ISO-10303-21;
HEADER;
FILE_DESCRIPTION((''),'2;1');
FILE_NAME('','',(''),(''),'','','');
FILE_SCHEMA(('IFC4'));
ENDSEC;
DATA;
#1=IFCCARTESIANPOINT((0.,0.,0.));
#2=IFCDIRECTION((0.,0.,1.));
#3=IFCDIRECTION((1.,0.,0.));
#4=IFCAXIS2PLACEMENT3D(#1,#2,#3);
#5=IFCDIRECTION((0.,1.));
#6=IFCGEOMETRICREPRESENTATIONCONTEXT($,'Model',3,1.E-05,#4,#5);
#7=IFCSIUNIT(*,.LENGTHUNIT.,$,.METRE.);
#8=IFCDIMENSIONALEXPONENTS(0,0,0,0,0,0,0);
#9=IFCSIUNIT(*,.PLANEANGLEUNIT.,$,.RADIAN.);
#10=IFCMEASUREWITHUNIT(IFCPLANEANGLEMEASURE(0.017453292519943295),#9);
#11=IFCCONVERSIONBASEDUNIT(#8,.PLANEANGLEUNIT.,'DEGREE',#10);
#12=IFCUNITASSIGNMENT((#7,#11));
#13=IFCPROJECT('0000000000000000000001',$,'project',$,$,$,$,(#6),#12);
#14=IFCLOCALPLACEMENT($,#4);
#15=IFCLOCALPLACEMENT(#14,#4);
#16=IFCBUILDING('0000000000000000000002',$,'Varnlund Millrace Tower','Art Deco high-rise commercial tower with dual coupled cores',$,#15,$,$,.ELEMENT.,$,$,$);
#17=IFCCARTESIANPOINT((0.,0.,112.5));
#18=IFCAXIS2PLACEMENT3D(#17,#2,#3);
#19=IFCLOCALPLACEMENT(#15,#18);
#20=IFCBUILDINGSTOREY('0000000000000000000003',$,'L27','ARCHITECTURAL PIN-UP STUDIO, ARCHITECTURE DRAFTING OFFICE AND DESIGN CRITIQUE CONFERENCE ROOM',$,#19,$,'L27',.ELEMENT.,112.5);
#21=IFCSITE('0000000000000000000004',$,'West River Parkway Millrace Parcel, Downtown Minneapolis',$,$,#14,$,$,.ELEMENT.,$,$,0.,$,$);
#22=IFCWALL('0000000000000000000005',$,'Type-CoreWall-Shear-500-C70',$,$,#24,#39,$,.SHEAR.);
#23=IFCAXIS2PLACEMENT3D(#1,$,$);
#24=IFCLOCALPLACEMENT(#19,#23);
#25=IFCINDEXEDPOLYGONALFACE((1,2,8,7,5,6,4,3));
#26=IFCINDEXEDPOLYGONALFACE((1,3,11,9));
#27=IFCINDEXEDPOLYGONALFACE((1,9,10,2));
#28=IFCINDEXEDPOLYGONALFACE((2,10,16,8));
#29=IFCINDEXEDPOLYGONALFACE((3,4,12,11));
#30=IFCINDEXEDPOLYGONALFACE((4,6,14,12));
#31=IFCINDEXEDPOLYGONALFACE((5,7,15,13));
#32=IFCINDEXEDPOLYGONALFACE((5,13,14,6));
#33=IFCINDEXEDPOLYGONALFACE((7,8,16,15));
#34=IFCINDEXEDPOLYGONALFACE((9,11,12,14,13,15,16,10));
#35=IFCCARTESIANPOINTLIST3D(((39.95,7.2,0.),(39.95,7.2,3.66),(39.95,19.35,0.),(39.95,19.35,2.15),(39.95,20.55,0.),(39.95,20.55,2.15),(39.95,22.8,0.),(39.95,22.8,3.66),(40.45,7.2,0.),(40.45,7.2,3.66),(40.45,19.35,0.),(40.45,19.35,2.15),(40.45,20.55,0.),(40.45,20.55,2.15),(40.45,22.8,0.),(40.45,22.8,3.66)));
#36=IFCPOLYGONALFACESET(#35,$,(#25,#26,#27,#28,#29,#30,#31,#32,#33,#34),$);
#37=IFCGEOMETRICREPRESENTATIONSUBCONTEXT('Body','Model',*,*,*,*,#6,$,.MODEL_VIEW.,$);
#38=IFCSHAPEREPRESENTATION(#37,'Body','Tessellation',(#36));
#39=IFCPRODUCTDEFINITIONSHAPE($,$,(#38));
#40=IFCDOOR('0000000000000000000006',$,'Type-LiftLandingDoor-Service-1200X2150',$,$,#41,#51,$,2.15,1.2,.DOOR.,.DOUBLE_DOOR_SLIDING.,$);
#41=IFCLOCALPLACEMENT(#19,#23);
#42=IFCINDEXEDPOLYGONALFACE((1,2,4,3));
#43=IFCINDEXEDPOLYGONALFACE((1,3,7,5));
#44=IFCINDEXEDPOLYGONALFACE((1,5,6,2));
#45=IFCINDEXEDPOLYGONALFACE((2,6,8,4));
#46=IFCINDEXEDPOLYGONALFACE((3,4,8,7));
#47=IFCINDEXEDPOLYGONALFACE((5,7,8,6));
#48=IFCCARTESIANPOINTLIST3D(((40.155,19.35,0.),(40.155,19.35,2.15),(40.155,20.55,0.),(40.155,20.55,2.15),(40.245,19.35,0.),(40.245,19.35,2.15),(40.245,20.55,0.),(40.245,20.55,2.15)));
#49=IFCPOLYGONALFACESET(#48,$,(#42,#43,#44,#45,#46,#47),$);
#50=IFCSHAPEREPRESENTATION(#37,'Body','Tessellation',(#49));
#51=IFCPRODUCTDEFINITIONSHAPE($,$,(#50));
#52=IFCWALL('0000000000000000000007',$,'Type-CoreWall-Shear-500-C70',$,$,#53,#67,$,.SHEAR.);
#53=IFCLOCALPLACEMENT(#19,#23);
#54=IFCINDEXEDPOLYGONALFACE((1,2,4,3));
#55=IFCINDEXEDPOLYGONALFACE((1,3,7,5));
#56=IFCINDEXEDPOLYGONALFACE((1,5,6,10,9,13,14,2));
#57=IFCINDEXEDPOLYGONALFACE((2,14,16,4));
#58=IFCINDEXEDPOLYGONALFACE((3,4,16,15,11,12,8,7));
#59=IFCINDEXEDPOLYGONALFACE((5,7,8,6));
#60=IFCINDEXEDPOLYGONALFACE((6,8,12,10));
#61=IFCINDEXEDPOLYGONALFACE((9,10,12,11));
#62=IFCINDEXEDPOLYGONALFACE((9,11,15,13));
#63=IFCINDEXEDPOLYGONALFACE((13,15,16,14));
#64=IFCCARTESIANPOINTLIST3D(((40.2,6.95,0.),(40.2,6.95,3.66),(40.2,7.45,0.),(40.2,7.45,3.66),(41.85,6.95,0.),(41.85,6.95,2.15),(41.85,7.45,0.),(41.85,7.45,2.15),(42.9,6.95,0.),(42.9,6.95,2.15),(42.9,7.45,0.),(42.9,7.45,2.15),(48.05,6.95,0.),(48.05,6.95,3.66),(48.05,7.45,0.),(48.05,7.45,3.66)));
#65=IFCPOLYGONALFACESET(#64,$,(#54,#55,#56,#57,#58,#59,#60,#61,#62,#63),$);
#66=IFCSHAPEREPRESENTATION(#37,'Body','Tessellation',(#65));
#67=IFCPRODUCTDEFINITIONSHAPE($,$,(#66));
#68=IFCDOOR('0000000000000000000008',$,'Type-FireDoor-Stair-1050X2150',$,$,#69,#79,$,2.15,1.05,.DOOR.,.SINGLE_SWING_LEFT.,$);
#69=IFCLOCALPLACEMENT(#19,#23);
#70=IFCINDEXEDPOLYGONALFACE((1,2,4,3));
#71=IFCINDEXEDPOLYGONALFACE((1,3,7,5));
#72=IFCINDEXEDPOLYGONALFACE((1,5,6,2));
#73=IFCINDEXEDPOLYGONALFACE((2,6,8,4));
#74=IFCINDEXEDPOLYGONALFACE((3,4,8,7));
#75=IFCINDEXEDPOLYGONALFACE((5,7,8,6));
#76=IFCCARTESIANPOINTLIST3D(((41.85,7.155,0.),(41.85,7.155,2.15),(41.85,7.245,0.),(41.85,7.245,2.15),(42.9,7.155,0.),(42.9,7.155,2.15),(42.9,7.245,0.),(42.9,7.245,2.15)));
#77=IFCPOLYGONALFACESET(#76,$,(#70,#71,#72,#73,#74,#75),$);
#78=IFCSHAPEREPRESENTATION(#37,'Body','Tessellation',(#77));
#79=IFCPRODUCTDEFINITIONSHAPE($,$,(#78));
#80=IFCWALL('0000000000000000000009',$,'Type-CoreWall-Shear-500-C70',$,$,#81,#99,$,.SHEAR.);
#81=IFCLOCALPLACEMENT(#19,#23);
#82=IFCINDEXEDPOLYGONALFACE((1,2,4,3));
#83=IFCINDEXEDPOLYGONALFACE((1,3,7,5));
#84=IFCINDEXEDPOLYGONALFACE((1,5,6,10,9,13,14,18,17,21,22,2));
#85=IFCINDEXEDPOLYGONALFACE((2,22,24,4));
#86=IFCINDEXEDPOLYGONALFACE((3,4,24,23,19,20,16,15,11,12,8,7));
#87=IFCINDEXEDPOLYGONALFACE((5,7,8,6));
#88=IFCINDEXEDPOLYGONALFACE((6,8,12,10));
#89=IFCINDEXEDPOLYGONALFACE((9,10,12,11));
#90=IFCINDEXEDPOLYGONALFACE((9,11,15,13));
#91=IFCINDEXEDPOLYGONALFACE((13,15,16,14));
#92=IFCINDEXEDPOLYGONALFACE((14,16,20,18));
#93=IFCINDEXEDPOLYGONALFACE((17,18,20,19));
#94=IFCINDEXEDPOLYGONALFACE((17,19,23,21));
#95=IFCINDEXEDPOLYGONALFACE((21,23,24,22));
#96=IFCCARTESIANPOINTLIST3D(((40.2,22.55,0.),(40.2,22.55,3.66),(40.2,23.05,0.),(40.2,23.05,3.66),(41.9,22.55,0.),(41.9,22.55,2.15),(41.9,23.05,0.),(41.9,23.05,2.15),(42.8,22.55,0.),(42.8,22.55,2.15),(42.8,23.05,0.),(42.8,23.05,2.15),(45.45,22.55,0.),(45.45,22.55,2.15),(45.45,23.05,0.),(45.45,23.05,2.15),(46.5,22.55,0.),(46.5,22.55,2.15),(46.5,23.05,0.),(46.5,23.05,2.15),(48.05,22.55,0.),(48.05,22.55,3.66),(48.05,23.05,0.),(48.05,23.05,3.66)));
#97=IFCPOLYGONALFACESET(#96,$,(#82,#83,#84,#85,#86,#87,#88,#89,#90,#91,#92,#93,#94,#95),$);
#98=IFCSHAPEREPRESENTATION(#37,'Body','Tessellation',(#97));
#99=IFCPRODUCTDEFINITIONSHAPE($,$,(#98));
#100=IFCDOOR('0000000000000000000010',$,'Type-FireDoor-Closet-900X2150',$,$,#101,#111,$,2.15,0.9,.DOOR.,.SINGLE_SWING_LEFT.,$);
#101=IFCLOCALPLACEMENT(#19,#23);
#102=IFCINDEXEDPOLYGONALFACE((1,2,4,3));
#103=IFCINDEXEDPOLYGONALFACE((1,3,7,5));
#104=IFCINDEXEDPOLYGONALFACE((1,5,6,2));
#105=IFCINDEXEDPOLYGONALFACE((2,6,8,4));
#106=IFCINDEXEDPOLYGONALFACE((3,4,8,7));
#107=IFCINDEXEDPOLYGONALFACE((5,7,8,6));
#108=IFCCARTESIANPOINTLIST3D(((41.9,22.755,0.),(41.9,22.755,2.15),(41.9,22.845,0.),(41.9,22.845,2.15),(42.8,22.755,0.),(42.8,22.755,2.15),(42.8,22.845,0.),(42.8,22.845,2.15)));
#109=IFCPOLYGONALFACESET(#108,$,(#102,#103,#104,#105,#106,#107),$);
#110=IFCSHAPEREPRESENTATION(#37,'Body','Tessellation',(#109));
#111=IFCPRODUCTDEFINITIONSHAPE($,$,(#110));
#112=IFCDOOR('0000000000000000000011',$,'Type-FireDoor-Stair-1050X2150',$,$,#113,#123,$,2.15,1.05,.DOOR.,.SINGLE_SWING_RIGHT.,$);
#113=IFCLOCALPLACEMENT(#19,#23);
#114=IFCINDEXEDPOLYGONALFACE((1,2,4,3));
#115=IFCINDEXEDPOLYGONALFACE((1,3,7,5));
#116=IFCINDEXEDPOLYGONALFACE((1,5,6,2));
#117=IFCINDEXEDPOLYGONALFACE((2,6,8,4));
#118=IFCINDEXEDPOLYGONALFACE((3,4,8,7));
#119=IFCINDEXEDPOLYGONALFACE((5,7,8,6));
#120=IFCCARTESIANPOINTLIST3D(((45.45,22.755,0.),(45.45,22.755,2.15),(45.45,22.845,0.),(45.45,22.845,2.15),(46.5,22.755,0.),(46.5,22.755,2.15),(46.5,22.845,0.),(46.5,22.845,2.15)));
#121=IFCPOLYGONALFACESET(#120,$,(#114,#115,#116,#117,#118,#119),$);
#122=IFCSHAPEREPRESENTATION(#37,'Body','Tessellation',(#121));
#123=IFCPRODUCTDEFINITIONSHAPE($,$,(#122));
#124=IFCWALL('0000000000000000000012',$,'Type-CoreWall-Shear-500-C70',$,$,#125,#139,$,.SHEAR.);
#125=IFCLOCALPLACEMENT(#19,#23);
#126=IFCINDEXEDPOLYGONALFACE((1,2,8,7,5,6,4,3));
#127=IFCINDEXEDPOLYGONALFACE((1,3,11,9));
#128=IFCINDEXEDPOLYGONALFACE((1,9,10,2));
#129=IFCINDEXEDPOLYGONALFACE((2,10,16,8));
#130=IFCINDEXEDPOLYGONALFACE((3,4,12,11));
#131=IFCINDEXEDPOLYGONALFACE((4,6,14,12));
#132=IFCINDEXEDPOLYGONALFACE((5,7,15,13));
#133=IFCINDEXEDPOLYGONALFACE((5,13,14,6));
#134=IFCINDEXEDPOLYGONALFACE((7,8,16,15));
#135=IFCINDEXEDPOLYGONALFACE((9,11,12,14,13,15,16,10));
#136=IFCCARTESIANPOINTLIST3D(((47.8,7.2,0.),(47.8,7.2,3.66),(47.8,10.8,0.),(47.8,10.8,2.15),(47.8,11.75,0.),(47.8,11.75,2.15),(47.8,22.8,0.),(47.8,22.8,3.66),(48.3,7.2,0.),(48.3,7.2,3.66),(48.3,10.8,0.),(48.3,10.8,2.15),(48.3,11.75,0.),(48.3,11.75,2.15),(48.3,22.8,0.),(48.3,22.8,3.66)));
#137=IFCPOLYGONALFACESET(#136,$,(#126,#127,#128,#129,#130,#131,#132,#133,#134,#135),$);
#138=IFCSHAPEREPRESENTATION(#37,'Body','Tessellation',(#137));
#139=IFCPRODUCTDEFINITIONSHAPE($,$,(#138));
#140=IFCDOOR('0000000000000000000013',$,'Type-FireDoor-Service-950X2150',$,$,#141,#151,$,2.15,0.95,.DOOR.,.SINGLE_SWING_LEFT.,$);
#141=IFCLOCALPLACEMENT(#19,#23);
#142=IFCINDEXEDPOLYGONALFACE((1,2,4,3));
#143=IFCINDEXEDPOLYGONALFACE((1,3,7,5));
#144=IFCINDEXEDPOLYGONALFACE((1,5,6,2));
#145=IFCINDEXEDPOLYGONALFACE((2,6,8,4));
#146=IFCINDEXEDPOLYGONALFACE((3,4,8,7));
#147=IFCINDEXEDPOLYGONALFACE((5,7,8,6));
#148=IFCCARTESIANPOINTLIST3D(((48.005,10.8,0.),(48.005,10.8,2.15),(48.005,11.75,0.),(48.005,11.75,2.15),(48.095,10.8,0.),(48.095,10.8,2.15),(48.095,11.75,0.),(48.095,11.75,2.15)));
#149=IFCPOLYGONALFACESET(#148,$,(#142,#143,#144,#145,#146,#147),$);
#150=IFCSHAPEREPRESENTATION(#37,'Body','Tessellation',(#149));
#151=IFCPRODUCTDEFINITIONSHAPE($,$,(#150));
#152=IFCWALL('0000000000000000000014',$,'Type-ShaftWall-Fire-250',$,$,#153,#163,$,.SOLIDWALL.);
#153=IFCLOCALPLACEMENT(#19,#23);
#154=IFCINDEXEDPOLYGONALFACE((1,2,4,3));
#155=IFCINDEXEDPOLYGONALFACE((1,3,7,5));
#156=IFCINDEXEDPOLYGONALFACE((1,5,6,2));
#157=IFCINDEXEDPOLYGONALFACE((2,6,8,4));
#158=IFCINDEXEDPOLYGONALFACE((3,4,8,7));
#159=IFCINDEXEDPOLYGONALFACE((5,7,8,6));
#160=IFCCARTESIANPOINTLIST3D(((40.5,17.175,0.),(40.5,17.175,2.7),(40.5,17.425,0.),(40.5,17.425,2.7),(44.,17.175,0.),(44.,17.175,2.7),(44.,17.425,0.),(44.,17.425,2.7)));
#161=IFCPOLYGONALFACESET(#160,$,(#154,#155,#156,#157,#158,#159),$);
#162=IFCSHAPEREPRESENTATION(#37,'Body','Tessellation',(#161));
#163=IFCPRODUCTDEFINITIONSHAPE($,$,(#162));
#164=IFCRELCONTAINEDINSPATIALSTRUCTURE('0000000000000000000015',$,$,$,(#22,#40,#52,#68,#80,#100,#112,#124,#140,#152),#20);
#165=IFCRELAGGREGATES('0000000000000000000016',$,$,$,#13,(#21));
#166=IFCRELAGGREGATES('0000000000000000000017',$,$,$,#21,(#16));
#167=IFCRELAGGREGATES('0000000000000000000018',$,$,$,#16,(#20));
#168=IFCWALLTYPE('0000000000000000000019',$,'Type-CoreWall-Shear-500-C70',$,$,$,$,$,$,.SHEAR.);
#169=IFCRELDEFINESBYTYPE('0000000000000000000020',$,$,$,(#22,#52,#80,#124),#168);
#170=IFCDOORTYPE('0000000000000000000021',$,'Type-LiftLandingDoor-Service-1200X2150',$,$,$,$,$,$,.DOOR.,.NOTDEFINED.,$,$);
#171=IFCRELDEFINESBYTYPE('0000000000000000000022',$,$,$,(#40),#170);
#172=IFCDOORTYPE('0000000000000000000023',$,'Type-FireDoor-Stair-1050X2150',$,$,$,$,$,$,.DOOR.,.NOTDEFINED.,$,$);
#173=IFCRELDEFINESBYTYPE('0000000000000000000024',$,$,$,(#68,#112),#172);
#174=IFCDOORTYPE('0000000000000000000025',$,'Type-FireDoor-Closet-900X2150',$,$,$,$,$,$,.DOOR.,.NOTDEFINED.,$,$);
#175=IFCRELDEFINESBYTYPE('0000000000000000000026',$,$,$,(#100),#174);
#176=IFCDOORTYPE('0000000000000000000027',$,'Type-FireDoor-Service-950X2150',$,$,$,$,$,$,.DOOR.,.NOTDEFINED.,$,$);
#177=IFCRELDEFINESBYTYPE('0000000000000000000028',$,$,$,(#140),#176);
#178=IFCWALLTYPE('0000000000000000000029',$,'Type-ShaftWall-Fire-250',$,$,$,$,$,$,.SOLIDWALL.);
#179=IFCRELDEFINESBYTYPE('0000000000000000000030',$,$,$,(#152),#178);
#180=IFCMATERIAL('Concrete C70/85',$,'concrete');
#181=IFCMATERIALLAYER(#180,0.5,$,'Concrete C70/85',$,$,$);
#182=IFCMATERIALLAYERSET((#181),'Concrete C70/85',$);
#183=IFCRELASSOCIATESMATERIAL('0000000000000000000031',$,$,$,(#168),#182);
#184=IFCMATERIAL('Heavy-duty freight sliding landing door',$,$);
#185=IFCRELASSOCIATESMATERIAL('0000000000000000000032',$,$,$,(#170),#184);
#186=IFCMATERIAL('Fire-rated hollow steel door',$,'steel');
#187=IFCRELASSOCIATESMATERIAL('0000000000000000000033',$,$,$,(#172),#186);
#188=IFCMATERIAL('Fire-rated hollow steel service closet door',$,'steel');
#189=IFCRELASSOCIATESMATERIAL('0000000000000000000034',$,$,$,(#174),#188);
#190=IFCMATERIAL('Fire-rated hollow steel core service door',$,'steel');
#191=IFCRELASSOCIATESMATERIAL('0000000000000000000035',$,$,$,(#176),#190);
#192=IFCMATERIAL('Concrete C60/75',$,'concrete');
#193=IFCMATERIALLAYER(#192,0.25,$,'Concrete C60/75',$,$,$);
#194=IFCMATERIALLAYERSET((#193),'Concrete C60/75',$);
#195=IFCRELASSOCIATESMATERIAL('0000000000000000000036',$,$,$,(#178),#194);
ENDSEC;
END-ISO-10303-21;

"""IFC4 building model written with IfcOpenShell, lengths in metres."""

from ifc_helpers import new_model, entity, si_unit, converted_unit, direction, frame, origin_with_axes, origin_2d_with_axis, place, context, subcontext, project, spatial, polyline, rectangle, outline, extrude, material, layer, layer_set, type_object, element, fill, save


model = new_model("IFC4")

# Units and contexts
model_context = context("Model", 3, precision=1e-05, world=origin_with_axes(), true_north=direction((0.0, 1.0)))
body_context = subcontext(model_context, "Body", "Model", "MODEL_VIEW")
ifc_project = project(units=[si_unit("LENGTHUNIT", "METRE"), converted_unit("PLANEANGLEUNIT", "DEGREE", entity("IfcPlaneAngleMeasure", 0.017453292519943295), si_unit("PLANEANGLEUNIT", "RADIAN"), dimensions=[0, 0, 0, 0, 0, 0, 0])], contexts=[model_context])

# Site, building, storey
site_placement = place(None, origin_with_axes())
site = spatial("IfcSite", under=ifc_project, at=site_placement, Name="West River Parkway Millrace Parcel, Downtown Minneapolis", CompositionType="ELEMENT", RefElevation=0.0)
building_placement = place(site_placement, origin_with_axes())
building = spatial("IfcBuilding", under=site, at=building_placement, Name="Varnlund Millrace Tower", Description="Art Deco high-rise commercial tower with dual coupled cores", CompositionType="ELEMENT")
storey_placement = place(building_placement, frame((0.0, 0.0, 112.5), z_axis=(0.0, 0.0, 1.0), x_axis=(1.0, 0.0, 0.0)))
storey = spatial("IfcBuildingStorey", under=building, at=storey_placement, Name="L27", Description="ARCHITECTURAL PIN-UP STUDIO, ARCHITECTURE DRAFTING OFFICE AND DESIGN CRITIQUE CONFERENCE ROOM", LongName="L27", CompositionType="ELEMENT", Elevation=112.5)

# Walls, openings, doors
ifc_material_1 = material(Name="Concrete C70/85", Category="concrete")
ifc_layer_1 = layer(ifc_material_1, 0.5, Name="Concrete C70/85")
ifc_layer_set_1 = layer_set([ifc_layer_1], Name="Concrete C70/85")
wall_type_1 = type_object("IfcWallType", Name="Type-CoreWall-Shear-500-C70", PredefinedType="SHEAR", material=ifc_layer_set_1)
wall_1_placement = place(storey_placement, frame((40.2, 7.2, 0.0), z_axis=(0.0, 0.0, 1.0), x_axis=(0.0, 1.0, 0.0)))
wall_1 = element("IfcWall", 1, at=wall_1_placement, inside=storey, type_object=wall_type_1, Name="Type-CoreWall-Shear-500-C70", PredefinedType="SHEAR", context=body_context, shape_type="SweptSolid", body=[
    extrude(outline(polyline([(0.0, -0.25), (15.6, -0.25), (15.6, 0.25), (0.0, 0.25), (0.0, -0.25)])), origin_with_axes(), (0.0, 0.0, 1.0), 3.66),
])
opening_1_placement = place(wall_1_placement, frame((12.75, 0.0, 0.0), z_axis=(0.0, 0.0, 1.0), x_axis=(1.0, 0.0, 0.0)))
opening_1 = element("IfcOpeningElement", 2, at=opening_1_placement, cuts=wall_1, PredefinedType="OPENING", context=body_context, shape_type="SweptSolid", body=[
    extrude(rectangle(XDim=1.2, YDim=0.52, at=origin_2d_with_axis()), origin_with_axes(), (0.0, 0.0, 1.0), 2.15),
])
ifc_material_2 = material(Name="Heavy-duty freight sliding landing door")
door_type_1 = type_object("IfcDoorType", Name="Type-LiftLandingDoor-Service-1200X2150", OperationType="NOTDEFINED", PredefinedType="DOOR", material=ifc_material_2)
door_1_placement = place(wall_1_placement, frame((12.75, 0.0, 0.0), z_axis=(0.0, 0.0, 1.0), x_axis=(1.0, 0.0, 0.0)))
door_1 = element("IfcDoor", 3, at=door_1_placement, inside=storey, type_object=door_type_1, Name="Type-LiftLandingDoor-Service-1200X2150", OperationType="DOUBLE_DOOR_SLIDING", OverallHeight=2.15, OverallWidth=1.2, PredefinedType="DOOR", context=body_context, shape_type="SweptSolid", body=[
    extrude(rectangle(XDim=1.2, YDim=0.09, at=origin_2d_with_axis()), origin_with_axes(), (0.0, 0.0, 1.0), 2.15),
])
fill(opening_1, door_1)
wall_2_placement = place(storey_placement, frame((40.2, 7.2, 0.0), z_axis=(0.0, 0.0, 1.0), x_axis=(1.0, 0.0, 0.0)))
wall_2 = element("IfcWall", 4, at=wall_2_placement, inside=storey, type_object=wall_type_1, Name="Type-CoreWall-Shear-500-C70", PredefinedType="SHEAR", context=body_context, shape_type="SweptSolid", body=[
    extrude(outline(polyline([(0.0, -0.25), (7.85, -0.25), (7.85, 0.25), (0.0, 0.25), (0.0, -0.25)])), origin_with_axes(), (0.0, 0.0, 1.0), 3.66),
])
opening_2_placement = place(wall_2_placement, frame((2.175, 0.0, 0.0), z_axis=(0.0, 0.0, 1.0), x_axis=(1.0, 0.0, 0.0)))
opening_2 = element("IfcOpeningElement", 5, at=opening_2_placement, cuts=wall_2, PredefinedType="OPENING", context=body_context, shape_type="SweptSolid", body=[
    extrude(rectangle(XDim=1.05, YDim=0.52, at=origin_2d_with_axis()), origin_with_axes(), (0.0, 0.0, 1.0), 2.15),
])
ifc_material_3 = material(Name="Fire-rated hollow steel door", Category="steel")
door_type_2 = type_object("IfcDoorType", Name="Type-FireDoor-Stair-1050X2150", OperationType="NOTDEFINED", PredefinedType="DOOR", material=ifc_material_3)
door_2_placement = place(wall_2_placement, frame((2.175, 0.0, 0.0), z_axis=(0.0, 0.0, 1.0), x_axis=(1.0, 0.0, 0.0)))
door_2 = element("IfcDoor", 6, at=door_2_placement, inside=storey, type_object=door_type_2, Name="Type-FireDoor-Stair-1050X2150", OperationType="SINGLE_SWING_LEFT", OverallHeight=2.15, OverallWidth=1.05, PredefinedType="DOOR", context=body_context, shape_type="SweptSolid", body=[
    extrude(rectangle(XDim=1.05, YDim=0.09, at=origin_2d_with_axis()), origin_with_axes(), (0.0, 0.0, 1.0), 2.15),
])
fill(opening_2, door_2)

# Wall, openings, doors
wall_3_placement = place(storey_placement, frame((40.2, 22.8, 0.0), z_axis=(0.0, 0.0, 1.0), x_axis=(1.0, 0.0, 0.0)))
wall_3 = element("IfcWall", 7, at=wall_3_placement, inside=storey, type_object=wall_type_1, Name="Type-CoreWall-Shear-500-C70", PredefinedType="SHEAR", context=body_context, shape_type="SweptSolid", body=[
    extrude(outline(polyline([(0.0, -0.25), (7.85, -0.25), (7.85, 0.25), (0.0, 0.25), (0.0, -0.25)])), origin_with_axes(), (0.0, 0.0, 1.0), 3.66),
])
opening_3_placement = place(wall_3_placement, frame((5.775, 0.0, 0.0), z_axis=(0.0, 0.0, 1.0), x_axis=(1.0, 0.0, 0.0)))
opening_3 = element("IfcOpeningElement", 8, at=opening_3_placement, cuts=wall_3, PredefinedType="OPENING", context=body_context, shape_type="SweptSolid", body=[
    extrude(rectangle(XDim=1.05, YDim=0.52, at=origin_2d_with_axis()), origin_with_axes(), (0.0, 0.0, 1.0), 2.15),
])
opening_4_placement = place(wall_3_placement, frame((2.15, 0.0, 0.0), z_axis=(0.0, 0.0, 1.0), x_axis=(1.0, 0.0, 0.0)))
opening_4 = element("IfcOpeningElement", 9, at=opening_4_placement, cuts=wall_3, PredefinedType="OPENING", context=body_context, shape_type="SweptSolid", body=[
    extrude(rectangle(XDim=0.9, YDim=0.52, at=origin_2d_with_axis()), origin_with_axes(), (0.0, 0.0, 1.0), 2.15),
])
ifc_material_4 = material(Name="Fire-rated hollow steel service closet door", Category="steel")
door_type_3 = type_object("IfcDoorType", Name="Type-FireDoor-Closet-900X2150", OperationType="NOTDEFINED", PredefinedType="DOOR", material=ifc_material_4)
door_3_placement = place(wall_3_placement, frame((2.15, 0.0, 0.0), z_axis=(0.0, 0.0, 1.0), x_axis=(1.0, 0.0, 0.0)))
door_3 = element("IfcDoor", 10, at=door_3_placement, inside=storey, type_object=door_type_3, Name="Type-FireDoor-Closet-900X2150", OperationType="SINGLE_SWING_LEFT", OverallHeight=2.15, OverallWidth=0.9, PredefinedType="DOOR", context=body_context, shape_type="SweptSolid", body=[
    extrude(rectangle(XDim=0.9, YDim=0.09, at=origin_2d_with_axis()), origin_with_axes(), (0.0, 0.0, 1.0), 2.15),
])
fill(opening_4, door_3)
door_4_placement = place(wall_3_placement, frame((5.775, 0.0, 0.0), z_axis=(0.0, 0.0, 1.0), x_axis=(1.0, 0.0, 0.0)))
door_4 = element("IfcDoor", 11, at=door_4_placement, inside=storey, type_object=door_type_2, Name="Type-FireDoor-Stair-1050X2150", OperationType="SINGLE_SWING_RIGHT", OverallHeight=2.15, OverallWidth=1.05, PredefinedType="DOOR", context=body_context, shape_type="SweptSolid", body=[
    extrude(rectangle(XDim=1.05, YDim=0.09, at=origin_2d_with_axis()), origin_with_axes(), (0.0, 0.0, 1.0), 2.15),
])
fill(opening_3, door_4)

# Wall, opening, door
wall_4_placement = place(storey_placement, frame((48.05, 7.2, 0.0), z_axis=(0.0, 0.0, 1.0), x_axis=(0.0, 1.0, 0.0)))
wall_4 = element("IfcWall", 12, at=wall_4_placement, inside=storey, type_object=wall_type_1, Name="Type-CoreWall-Shear-500-C70", PredefinedType="SHEAR", context=body_context, shape_type="SweptSolid", body=[
    extrude(outline(polyline([(0.0, -0.25), (15.6, -0.25), (15.6, 0.25), (0.0, 0.25), (0.0, -0.25)])), origin_with_axes(), (0.0, 0.0, 1.0), 3.66),
])
opening_5_placement = place(wall_4_placement, frame((4.075, 0.0, 0.0), z_axis=(0.0, 0.0, 1.0), x_axis=(1.0, 0.0, 0.0)))
opening_5 = element("IfcOpeningElement", 13, at=opening_5_placement, cuts=wall_4, PredefinedType="OPENING", context=body_context, shape_type="SweptSolid", body=[
    extrude(rectangle(XDim=0.95, YDim=0.52, at=origin_2d_with_axis()), origin_with_axes(), (0.0, 0.0, 1.0), 2.15),
])
ifc_material_5 = material(Name="Fire-rated hollow steel core service door", Category="steel")
door_type_4 = type_object("IfcDoorType", Name="Type-FireDoor-Service-950X2150", OperationType="NOTDEFINED", PredefinedType="DOOR", material=ifc_material_5)
door_5_placement = place(wall_4_placement, frame((4.075, 0.0, 0.0), z_axis=(0.0, 0.0, 1.0), x_axis=(1.0, 0.0, 0.0)))
door_5 = element("IfcDoor", 14, at=door_5_placement, inside=storey, type_object=door_type_4, Name="Type-FireDoor-Service-950X2150", OperationType="SINGLE_SWING_LEFT", OverallHeight=2.15, OverallWidth=0.95, PredefinedType="DOOR", context=body_context, shape_type="SweptSolid", body=[
    extrude(rectangle(XDim=0.95, YDim=0.09, at=origin_2d_with_axis()), origin_with_axes(), (0.0, 0.0, 1.0), 2.15),
])
fill(opening_5, door_5)

# Wall
ifc_material_6 = material(Name="Concrete C60/75", Category="concrete")
ifc_layer_2 = layer(ifc_material_6, 0.25, Name="Concrete C60/75")
ifc_layer_set_2 = layer_set([ifc_layer_2], Name="Concrete C60/75")
wall_type_2 = type_object("IfcWallType", Name="Type-ShaftWall-Fire-250", PredefinedType="SOLIDWALL", material=ifc_layer_set_2)
for number, where, z_axis, x_axis, name in (
    (15, (40.5, 17.3, 0.0), (0.0, 0.0, 1.0), (1.0, 0.0, 0.0), "Type-ShaftWall-Fire-250"),
):
    element("IfcWall", number, at=place(storey_placement, frame(where, z_axis=z_axis, x_axis=x_axis)), inside=storey, type_object=wall_type_2, Name=name, PredefinedType="SOLIDWALL", context=body_context, shape_type="SweptSolid", body=[
        extrude(outline(polyline([(0.0, -0.125), (3.5, -0.125), (3.5, 0.125), (0.0, 0.125), (0.0, -0.125)])), origin_with_axes(), (0.0, 0.0, 1.0), 2.7),
    ])

save(model, "model.ifc")
